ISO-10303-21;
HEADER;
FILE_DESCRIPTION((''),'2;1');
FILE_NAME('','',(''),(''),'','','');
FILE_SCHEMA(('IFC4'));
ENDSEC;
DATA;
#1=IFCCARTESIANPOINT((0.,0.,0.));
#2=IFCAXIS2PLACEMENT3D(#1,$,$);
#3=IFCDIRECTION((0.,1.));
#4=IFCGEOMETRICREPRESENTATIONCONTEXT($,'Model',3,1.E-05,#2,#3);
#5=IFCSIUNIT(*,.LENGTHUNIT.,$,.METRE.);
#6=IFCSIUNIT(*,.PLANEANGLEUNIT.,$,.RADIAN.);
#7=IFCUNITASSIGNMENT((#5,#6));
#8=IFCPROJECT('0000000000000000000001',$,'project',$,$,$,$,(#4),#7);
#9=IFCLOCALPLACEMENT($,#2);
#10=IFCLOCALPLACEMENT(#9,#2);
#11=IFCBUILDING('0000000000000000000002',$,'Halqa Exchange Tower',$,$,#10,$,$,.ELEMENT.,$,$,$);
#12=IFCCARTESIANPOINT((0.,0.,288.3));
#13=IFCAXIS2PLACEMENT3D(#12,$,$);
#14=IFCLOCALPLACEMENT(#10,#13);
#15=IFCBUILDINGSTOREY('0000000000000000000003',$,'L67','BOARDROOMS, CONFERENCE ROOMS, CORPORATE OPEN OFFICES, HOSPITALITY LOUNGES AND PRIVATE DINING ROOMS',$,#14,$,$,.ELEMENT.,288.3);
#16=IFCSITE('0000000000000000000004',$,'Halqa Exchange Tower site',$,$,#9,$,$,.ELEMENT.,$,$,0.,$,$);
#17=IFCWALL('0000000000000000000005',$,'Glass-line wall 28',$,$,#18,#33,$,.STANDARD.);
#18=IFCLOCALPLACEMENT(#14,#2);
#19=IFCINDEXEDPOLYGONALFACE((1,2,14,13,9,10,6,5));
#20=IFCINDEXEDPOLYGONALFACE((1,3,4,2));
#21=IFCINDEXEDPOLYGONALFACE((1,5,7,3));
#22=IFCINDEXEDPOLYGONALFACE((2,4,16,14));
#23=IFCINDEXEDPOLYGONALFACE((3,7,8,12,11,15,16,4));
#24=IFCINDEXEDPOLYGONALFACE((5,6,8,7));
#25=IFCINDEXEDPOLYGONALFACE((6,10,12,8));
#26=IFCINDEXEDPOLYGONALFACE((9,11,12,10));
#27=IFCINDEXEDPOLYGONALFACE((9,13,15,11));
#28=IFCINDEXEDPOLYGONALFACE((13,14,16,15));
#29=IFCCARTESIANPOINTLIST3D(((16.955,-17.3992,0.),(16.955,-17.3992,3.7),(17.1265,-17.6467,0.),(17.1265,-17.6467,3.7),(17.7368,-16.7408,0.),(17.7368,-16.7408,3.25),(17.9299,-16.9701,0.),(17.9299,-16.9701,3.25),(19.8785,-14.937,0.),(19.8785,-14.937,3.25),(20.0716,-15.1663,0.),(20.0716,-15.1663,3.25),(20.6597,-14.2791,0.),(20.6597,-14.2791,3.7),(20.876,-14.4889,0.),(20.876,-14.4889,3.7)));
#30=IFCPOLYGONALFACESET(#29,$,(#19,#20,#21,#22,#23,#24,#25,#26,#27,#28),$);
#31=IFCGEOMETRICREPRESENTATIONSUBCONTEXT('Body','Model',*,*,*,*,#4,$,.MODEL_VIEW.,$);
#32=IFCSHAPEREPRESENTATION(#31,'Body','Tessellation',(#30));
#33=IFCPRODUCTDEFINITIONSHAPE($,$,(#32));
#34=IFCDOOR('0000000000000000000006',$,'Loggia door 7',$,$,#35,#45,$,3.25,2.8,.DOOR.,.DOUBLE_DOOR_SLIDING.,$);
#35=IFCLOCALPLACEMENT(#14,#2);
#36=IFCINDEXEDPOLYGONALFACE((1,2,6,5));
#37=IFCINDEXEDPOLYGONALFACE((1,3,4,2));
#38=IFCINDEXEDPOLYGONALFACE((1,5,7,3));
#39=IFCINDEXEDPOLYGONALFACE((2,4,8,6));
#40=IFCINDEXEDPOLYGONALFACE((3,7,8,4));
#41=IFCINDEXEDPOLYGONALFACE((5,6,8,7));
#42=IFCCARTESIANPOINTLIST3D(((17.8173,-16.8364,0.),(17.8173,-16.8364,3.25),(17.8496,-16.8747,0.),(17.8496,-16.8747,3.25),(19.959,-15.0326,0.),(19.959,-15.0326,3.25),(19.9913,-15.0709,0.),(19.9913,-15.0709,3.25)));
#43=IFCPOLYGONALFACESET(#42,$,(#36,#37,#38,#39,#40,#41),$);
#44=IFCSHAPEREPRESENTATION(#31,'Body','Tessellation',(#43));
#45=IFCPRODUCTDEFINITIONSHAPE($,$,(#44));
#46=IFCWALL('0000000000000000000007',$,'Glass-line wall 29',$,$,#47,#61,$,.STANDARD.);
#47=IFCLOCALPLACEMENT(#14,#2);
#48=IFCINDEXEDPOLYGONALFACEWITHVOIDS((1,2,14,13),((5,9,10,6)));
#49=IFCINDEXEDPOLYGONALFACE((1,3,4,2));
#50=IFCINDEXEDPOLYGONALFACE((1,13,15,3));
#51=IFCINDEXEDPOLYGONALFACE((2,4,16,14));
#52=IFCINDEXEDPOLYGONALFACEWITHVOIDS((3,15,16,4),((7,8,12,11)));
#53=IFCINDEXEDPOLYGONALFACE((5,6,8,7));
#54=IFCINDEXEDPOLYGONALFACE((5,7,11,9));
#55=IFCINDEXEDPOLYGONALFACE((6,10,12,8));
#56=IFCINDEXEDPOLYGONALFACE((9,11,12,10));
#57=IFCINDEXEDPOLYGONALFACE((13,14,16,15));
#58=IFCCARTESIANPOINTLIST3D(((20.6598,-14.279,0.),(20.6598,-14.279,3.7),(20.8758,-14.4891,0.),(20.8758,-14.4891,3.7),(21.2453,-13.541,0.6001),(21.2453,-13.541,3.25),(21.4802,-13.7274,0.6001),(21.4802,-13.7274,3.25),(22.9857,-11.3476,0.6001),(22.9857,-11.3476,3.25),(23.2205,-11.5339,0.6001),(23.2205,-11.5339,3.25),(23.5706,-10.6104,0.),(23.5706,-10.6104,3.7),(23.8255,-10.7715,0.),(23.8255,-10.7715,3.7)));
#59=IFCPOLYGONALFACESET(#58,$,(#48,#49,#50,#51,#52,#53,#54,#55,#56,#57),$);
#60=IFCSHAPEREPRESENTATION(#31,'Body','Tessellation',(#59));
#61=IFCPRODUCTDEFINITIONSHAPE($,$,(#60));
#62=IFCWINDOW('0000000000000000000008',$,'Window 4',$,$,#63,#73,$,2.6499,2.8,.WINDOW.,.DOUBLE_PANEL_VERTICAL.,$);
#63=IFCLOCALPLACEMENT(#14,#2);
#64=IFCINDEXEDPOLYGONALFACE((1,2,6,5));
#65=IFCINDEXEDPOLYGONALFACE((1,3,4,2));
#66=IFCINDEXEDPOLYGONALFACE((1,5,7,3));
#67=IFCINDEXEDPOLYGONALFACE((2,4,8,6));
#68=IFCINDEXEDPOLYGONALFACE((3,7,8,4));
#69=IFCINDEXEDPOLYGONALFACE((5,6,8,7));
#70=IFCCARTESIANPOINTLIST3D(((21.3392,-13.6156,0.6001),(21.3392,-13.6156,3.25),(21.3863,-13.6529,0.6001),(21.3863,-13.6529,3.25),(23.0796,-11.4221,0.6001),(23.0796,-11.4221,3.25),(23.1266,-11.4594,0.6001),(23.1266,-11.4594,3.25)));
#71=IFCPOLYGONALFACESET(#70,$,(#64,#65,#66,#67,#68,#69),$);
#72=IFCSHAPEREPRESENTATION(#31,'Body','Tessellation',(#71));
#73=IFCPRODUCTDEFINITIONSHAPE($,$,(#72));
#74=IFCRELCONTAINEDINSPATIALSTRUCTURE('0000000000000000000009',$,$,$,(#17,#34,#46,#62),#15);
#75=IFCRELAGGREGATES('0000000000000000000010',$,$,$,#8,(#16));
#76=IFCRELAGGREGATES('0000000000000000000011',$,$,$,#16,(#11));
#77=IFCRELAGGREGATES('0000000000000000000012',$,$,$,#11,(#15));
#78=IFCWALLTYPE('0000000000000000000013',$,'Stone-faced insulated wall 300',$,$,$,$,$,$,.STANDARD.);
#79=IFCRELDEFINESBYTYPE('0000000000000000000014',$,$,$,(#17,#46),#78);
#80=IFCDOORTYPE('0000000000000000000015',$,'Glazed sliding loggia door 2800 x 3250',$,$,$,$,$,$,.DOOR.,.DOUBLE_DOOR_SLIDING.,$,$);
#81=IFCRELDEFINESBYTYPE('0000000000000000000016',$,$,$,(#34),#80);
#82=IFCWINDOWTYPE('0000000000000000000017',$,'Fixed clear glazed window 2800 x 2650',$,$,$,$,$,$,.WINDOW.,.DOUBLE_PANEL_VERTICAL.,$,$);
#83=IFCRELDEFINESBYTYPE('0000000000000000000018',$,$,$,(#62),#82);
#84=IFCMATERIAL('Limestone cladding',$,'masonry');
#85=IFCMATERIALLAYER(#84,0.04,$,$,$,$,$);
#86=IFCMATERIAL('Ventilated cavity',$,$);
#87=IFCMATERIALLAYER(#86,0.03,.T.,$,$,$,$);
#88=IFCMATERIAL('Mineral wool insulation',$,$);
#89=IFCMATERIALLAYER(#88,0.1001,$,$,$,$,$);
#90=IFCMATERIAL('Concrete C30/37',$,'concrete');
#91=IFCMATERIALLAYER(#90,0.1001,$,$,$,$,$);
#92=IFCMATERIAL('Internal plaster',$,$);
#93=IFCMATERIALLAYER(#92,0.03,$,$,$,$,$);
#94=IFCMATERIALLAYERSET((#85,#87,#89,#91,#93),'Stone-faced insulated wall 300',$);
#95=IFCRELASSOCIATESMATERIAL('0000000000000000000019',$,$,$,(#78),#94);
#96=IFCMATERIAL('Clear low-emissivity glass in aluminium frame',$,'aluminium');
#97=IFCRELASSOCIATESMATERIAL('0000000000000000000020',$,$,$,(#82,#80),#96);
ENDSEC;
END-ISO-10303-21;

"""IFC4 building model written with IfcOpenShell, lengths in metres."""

from ifc_helpers import new_model, si_unit, direction, frame, frame_2d, origin, place, context, subcontext, project, spatial, polyline, rectangle, outline, extrude, material, layer, layer_set, type_object, element, fill, save


model = new_model("IFC4")

# Units and contexts
model_context = context("Model", 3, precision=1e-05, world=origin(), true_north=direction((0.0, 1.0)))
body_context = subcontext(model_context, "Body", "Model", "MODEL_VIEW")
ifc_project = project(units=[si_unit("LENGTHUNIT", "METRE"), si_unit("PLANEANGLEUNIT", "RADIAN")], contexts=[model_context])

# Site, building, storey
site_placement = place(None, origin())
site = spatial("IfcSite", under=ifc_project, at=site_placement, Name="Halqa Exchange Tower site", CompositionType="ELEMENT", RefElevation=0.0)
building_placement = place(site_placement, origin())
building = spatial("IfcBuilding", under=site, at=building_placement, Name="Halqa Exchange Tower", CompositionType="ELEMENT")
storey_placement = place(building_placement, frame((0.0, 0.0, 288.3)))
storey = spatial("IfcBuildingStorey", under=building, at=storey_placement, Name="L67", Description="BOARDROOMS, CONFERENCE ROOMS, CORPORATE OPEN OFFICES, HOSPITALITY LOUNGES AND PRIVATE DINING ROOMS", CompositionType="ELEMENT", Elevation=288.3)

# Shared definitions
ifc_material_1 = material(Name="Limestone cladding", Category="masonry")
ifc_layer_1 = layer(ifc_material_1, 0.04)
ifc_material_2 = material(Name="Ventilated cavity")
ifc_layer_2 = layer(ifc_material_2, 0.03, ventilated=True)
ifc_material_3 = material(Name="Mineral wool insulation")
ifc_layer_3 = layer(ifc_material_3, 0.1001)
ifc_material_4 = material(Name="Concrete C30/37", Category="concrete")
ifc_layer_4 = layer(ifc_material_4, 0.1001)
ifc_material_5 = material(Name="Internal plaster")
ifc_layer_5 = layer(ifc_material_5, 0.03)
ifc_layer_set_1 = layer_set([ifc_layer_1, ifc_layer_2, ifc_layer_3, ifc_layer_4, ifc_layer_5], Name="Stone-faced insulated wall 300")
wall_type_1 = type_object("IfcWallType", Name="Stone-faced insulated wall 300", PredefinedType="STANDARD", material=ifc_layer_set_1)
ifc_material_6 = material(Name="Clear low-emissivity glass in aluminium frame", Category="aluminium")
window_type = type_object("IfcWindowType", Name="Fixed clear glazed window 2800 x 2650", PartitioningType="DOUBLE_PANEL_VERTICAL", PredefinedType="WINDOW", material=ifc_material_6)

# Wall, opening, door
wall_1_placement = place(storey_placement, frame((17.0408, -17.5229, 0.0), z_axis=(0.0, 0.0, 1.0), x_axis=(0.764876, 0.644177, 0.0)))
wall_1 = element("IfcWall", 1, at=wall_1_placement, inside=storey, type_object=wall_type_1, Name="Glass-line wall 28", PredefinedType="STANDARD", context=body_context, shape_type="SweptSolid", body=[
    extrude(outline(polyline([(-0.0142, -0.1499), (4.8879, -0.1499), (4.8577, 0.1499), (0.0142, 0.1499), (-0.0142, -0.1499)])), origin(), (0.0, 0.0, 1.0), 3.7),
])
opening_1_placement = place(wall_1_placement, frame((1.0364, 0.0, 0.0)))
opening_1 = element("IfcOpeningElement", 2, at=opening_1_placement, cuts=wall_1, PredefinedType="OPENING", context=body_context, shape_type="SweptSolid", body=[
    extrude(rectangle(XDim=2.8, YDim=3.25, at=frame_2d((1.3999, 1.625))), frame((0.0, 0.1621, 0.0), z_axis=(0.0, -1.0, 0.0), x_axis=(1.0, 0.0, 0.0)), (0.0, 0.0, 1.0), 0.324),
])
door_type_1 = type_object("IfcDoorType", Name="Glazed sliding loggia door 2800 x 3250", OperationType="DOUBLE_DOOR_SLIDING", PredefinedType="DOOR", material=ifc_material_6)
door_1_placement = place(opening_1_placement, origin())
door_1 = element("IfcDoor", 3, at=door_1_placement, inside=storey, type_object=door_type_1, Name="Loggia door 7", OperationType="DOUBLE_DOOR_SLIDING", OverallHeight=3.25, OverallWidth=2.8, PredefinedType="DOOR", context=body_context, shape_type="SweptSolid", body=[
    extrude(rectangle(XDim=2.8, YDim=3.25, at=frame_2d((1.3999, 1.625))), frame((0.0, 0.0249, 0.0), z_axis=(0.0, -1.0, 0.0), x_axis=(1.0, 0.0, 0.0)), (0.0, 0.0, 1.0), 0.05),
])
fill(opening_1, door_1)

# Wall, opening, window
wall_2_placement = place(storey_placement, frame((20.7678, -14.384, 0.0), z_axis=(0.0, 0.0, 1.0), x_axis=(0.621545, 0.783379, 0.0)))
wall_2 = element("IfcWall", 4, at=wall_2_placement, inside=storey, type_object=wall_type_1, Name="Glass-line wall 29", PredefinedType="STANDARD", context=body_context, shape_type="SweptSolid", body=[
    extrude(outline(polyline([(-0.0151, -0.1499), (4.7305, -0.1499), (4.6982, 0.1499), (0.0151, 0.1499), (-0.0151, -0.1499)])), origin(), (0.0, 0.0, 1.0), 3.7),
])
opening_2_placement = place(wall_2_placement, frame((0.9573, 0.0, 0.6001)))
opening_2 = element("IfcOpeningElement", 5, at=opening_2_placement, cuts=wall_2, PredefinedType="OPENING", context=body_context, shape_type="SweptSolid", body=[
    extrude(rectangle(XDim=2.8, YDim=2.6499, at=frame_2d((1.3999, 1.325))), frame((0.0, 0.1621, 0.0), z_axis=(0.0, -1.0, 0.0), x_axis=(1.0, 0.0, 0.0)), (0.0, 0.0, 1.0), 0.324),
])
window_1_placement = place(opening_2_placement, origin())
window_1 = element("IfcWindow", 6, at=window_1_placement, inside=storey, type_object=window_type, Name="Window 4", OverallHeight=2.6499, OverallWidth=2.8, PartitioningType="DOUBLE_PANEL_VERTICAL", PredefinedType="WINDOW", context=body_context, shape_type="SweptSolid", body=[
    extrude(rectangle(XDim=2.8, YDim=2.6499, at=frame_2d((1.3999, 1.325))), frame((0.0, 0.03, 0.0), z_axis=(0.0, -1.0, 0.0), x_axis=(1.0, 0.0, 0.0)), (0.0, 0.0, 1.0), 0.0601),
])
fill(opening_2, window_1)

save(model, "model.ifc")
